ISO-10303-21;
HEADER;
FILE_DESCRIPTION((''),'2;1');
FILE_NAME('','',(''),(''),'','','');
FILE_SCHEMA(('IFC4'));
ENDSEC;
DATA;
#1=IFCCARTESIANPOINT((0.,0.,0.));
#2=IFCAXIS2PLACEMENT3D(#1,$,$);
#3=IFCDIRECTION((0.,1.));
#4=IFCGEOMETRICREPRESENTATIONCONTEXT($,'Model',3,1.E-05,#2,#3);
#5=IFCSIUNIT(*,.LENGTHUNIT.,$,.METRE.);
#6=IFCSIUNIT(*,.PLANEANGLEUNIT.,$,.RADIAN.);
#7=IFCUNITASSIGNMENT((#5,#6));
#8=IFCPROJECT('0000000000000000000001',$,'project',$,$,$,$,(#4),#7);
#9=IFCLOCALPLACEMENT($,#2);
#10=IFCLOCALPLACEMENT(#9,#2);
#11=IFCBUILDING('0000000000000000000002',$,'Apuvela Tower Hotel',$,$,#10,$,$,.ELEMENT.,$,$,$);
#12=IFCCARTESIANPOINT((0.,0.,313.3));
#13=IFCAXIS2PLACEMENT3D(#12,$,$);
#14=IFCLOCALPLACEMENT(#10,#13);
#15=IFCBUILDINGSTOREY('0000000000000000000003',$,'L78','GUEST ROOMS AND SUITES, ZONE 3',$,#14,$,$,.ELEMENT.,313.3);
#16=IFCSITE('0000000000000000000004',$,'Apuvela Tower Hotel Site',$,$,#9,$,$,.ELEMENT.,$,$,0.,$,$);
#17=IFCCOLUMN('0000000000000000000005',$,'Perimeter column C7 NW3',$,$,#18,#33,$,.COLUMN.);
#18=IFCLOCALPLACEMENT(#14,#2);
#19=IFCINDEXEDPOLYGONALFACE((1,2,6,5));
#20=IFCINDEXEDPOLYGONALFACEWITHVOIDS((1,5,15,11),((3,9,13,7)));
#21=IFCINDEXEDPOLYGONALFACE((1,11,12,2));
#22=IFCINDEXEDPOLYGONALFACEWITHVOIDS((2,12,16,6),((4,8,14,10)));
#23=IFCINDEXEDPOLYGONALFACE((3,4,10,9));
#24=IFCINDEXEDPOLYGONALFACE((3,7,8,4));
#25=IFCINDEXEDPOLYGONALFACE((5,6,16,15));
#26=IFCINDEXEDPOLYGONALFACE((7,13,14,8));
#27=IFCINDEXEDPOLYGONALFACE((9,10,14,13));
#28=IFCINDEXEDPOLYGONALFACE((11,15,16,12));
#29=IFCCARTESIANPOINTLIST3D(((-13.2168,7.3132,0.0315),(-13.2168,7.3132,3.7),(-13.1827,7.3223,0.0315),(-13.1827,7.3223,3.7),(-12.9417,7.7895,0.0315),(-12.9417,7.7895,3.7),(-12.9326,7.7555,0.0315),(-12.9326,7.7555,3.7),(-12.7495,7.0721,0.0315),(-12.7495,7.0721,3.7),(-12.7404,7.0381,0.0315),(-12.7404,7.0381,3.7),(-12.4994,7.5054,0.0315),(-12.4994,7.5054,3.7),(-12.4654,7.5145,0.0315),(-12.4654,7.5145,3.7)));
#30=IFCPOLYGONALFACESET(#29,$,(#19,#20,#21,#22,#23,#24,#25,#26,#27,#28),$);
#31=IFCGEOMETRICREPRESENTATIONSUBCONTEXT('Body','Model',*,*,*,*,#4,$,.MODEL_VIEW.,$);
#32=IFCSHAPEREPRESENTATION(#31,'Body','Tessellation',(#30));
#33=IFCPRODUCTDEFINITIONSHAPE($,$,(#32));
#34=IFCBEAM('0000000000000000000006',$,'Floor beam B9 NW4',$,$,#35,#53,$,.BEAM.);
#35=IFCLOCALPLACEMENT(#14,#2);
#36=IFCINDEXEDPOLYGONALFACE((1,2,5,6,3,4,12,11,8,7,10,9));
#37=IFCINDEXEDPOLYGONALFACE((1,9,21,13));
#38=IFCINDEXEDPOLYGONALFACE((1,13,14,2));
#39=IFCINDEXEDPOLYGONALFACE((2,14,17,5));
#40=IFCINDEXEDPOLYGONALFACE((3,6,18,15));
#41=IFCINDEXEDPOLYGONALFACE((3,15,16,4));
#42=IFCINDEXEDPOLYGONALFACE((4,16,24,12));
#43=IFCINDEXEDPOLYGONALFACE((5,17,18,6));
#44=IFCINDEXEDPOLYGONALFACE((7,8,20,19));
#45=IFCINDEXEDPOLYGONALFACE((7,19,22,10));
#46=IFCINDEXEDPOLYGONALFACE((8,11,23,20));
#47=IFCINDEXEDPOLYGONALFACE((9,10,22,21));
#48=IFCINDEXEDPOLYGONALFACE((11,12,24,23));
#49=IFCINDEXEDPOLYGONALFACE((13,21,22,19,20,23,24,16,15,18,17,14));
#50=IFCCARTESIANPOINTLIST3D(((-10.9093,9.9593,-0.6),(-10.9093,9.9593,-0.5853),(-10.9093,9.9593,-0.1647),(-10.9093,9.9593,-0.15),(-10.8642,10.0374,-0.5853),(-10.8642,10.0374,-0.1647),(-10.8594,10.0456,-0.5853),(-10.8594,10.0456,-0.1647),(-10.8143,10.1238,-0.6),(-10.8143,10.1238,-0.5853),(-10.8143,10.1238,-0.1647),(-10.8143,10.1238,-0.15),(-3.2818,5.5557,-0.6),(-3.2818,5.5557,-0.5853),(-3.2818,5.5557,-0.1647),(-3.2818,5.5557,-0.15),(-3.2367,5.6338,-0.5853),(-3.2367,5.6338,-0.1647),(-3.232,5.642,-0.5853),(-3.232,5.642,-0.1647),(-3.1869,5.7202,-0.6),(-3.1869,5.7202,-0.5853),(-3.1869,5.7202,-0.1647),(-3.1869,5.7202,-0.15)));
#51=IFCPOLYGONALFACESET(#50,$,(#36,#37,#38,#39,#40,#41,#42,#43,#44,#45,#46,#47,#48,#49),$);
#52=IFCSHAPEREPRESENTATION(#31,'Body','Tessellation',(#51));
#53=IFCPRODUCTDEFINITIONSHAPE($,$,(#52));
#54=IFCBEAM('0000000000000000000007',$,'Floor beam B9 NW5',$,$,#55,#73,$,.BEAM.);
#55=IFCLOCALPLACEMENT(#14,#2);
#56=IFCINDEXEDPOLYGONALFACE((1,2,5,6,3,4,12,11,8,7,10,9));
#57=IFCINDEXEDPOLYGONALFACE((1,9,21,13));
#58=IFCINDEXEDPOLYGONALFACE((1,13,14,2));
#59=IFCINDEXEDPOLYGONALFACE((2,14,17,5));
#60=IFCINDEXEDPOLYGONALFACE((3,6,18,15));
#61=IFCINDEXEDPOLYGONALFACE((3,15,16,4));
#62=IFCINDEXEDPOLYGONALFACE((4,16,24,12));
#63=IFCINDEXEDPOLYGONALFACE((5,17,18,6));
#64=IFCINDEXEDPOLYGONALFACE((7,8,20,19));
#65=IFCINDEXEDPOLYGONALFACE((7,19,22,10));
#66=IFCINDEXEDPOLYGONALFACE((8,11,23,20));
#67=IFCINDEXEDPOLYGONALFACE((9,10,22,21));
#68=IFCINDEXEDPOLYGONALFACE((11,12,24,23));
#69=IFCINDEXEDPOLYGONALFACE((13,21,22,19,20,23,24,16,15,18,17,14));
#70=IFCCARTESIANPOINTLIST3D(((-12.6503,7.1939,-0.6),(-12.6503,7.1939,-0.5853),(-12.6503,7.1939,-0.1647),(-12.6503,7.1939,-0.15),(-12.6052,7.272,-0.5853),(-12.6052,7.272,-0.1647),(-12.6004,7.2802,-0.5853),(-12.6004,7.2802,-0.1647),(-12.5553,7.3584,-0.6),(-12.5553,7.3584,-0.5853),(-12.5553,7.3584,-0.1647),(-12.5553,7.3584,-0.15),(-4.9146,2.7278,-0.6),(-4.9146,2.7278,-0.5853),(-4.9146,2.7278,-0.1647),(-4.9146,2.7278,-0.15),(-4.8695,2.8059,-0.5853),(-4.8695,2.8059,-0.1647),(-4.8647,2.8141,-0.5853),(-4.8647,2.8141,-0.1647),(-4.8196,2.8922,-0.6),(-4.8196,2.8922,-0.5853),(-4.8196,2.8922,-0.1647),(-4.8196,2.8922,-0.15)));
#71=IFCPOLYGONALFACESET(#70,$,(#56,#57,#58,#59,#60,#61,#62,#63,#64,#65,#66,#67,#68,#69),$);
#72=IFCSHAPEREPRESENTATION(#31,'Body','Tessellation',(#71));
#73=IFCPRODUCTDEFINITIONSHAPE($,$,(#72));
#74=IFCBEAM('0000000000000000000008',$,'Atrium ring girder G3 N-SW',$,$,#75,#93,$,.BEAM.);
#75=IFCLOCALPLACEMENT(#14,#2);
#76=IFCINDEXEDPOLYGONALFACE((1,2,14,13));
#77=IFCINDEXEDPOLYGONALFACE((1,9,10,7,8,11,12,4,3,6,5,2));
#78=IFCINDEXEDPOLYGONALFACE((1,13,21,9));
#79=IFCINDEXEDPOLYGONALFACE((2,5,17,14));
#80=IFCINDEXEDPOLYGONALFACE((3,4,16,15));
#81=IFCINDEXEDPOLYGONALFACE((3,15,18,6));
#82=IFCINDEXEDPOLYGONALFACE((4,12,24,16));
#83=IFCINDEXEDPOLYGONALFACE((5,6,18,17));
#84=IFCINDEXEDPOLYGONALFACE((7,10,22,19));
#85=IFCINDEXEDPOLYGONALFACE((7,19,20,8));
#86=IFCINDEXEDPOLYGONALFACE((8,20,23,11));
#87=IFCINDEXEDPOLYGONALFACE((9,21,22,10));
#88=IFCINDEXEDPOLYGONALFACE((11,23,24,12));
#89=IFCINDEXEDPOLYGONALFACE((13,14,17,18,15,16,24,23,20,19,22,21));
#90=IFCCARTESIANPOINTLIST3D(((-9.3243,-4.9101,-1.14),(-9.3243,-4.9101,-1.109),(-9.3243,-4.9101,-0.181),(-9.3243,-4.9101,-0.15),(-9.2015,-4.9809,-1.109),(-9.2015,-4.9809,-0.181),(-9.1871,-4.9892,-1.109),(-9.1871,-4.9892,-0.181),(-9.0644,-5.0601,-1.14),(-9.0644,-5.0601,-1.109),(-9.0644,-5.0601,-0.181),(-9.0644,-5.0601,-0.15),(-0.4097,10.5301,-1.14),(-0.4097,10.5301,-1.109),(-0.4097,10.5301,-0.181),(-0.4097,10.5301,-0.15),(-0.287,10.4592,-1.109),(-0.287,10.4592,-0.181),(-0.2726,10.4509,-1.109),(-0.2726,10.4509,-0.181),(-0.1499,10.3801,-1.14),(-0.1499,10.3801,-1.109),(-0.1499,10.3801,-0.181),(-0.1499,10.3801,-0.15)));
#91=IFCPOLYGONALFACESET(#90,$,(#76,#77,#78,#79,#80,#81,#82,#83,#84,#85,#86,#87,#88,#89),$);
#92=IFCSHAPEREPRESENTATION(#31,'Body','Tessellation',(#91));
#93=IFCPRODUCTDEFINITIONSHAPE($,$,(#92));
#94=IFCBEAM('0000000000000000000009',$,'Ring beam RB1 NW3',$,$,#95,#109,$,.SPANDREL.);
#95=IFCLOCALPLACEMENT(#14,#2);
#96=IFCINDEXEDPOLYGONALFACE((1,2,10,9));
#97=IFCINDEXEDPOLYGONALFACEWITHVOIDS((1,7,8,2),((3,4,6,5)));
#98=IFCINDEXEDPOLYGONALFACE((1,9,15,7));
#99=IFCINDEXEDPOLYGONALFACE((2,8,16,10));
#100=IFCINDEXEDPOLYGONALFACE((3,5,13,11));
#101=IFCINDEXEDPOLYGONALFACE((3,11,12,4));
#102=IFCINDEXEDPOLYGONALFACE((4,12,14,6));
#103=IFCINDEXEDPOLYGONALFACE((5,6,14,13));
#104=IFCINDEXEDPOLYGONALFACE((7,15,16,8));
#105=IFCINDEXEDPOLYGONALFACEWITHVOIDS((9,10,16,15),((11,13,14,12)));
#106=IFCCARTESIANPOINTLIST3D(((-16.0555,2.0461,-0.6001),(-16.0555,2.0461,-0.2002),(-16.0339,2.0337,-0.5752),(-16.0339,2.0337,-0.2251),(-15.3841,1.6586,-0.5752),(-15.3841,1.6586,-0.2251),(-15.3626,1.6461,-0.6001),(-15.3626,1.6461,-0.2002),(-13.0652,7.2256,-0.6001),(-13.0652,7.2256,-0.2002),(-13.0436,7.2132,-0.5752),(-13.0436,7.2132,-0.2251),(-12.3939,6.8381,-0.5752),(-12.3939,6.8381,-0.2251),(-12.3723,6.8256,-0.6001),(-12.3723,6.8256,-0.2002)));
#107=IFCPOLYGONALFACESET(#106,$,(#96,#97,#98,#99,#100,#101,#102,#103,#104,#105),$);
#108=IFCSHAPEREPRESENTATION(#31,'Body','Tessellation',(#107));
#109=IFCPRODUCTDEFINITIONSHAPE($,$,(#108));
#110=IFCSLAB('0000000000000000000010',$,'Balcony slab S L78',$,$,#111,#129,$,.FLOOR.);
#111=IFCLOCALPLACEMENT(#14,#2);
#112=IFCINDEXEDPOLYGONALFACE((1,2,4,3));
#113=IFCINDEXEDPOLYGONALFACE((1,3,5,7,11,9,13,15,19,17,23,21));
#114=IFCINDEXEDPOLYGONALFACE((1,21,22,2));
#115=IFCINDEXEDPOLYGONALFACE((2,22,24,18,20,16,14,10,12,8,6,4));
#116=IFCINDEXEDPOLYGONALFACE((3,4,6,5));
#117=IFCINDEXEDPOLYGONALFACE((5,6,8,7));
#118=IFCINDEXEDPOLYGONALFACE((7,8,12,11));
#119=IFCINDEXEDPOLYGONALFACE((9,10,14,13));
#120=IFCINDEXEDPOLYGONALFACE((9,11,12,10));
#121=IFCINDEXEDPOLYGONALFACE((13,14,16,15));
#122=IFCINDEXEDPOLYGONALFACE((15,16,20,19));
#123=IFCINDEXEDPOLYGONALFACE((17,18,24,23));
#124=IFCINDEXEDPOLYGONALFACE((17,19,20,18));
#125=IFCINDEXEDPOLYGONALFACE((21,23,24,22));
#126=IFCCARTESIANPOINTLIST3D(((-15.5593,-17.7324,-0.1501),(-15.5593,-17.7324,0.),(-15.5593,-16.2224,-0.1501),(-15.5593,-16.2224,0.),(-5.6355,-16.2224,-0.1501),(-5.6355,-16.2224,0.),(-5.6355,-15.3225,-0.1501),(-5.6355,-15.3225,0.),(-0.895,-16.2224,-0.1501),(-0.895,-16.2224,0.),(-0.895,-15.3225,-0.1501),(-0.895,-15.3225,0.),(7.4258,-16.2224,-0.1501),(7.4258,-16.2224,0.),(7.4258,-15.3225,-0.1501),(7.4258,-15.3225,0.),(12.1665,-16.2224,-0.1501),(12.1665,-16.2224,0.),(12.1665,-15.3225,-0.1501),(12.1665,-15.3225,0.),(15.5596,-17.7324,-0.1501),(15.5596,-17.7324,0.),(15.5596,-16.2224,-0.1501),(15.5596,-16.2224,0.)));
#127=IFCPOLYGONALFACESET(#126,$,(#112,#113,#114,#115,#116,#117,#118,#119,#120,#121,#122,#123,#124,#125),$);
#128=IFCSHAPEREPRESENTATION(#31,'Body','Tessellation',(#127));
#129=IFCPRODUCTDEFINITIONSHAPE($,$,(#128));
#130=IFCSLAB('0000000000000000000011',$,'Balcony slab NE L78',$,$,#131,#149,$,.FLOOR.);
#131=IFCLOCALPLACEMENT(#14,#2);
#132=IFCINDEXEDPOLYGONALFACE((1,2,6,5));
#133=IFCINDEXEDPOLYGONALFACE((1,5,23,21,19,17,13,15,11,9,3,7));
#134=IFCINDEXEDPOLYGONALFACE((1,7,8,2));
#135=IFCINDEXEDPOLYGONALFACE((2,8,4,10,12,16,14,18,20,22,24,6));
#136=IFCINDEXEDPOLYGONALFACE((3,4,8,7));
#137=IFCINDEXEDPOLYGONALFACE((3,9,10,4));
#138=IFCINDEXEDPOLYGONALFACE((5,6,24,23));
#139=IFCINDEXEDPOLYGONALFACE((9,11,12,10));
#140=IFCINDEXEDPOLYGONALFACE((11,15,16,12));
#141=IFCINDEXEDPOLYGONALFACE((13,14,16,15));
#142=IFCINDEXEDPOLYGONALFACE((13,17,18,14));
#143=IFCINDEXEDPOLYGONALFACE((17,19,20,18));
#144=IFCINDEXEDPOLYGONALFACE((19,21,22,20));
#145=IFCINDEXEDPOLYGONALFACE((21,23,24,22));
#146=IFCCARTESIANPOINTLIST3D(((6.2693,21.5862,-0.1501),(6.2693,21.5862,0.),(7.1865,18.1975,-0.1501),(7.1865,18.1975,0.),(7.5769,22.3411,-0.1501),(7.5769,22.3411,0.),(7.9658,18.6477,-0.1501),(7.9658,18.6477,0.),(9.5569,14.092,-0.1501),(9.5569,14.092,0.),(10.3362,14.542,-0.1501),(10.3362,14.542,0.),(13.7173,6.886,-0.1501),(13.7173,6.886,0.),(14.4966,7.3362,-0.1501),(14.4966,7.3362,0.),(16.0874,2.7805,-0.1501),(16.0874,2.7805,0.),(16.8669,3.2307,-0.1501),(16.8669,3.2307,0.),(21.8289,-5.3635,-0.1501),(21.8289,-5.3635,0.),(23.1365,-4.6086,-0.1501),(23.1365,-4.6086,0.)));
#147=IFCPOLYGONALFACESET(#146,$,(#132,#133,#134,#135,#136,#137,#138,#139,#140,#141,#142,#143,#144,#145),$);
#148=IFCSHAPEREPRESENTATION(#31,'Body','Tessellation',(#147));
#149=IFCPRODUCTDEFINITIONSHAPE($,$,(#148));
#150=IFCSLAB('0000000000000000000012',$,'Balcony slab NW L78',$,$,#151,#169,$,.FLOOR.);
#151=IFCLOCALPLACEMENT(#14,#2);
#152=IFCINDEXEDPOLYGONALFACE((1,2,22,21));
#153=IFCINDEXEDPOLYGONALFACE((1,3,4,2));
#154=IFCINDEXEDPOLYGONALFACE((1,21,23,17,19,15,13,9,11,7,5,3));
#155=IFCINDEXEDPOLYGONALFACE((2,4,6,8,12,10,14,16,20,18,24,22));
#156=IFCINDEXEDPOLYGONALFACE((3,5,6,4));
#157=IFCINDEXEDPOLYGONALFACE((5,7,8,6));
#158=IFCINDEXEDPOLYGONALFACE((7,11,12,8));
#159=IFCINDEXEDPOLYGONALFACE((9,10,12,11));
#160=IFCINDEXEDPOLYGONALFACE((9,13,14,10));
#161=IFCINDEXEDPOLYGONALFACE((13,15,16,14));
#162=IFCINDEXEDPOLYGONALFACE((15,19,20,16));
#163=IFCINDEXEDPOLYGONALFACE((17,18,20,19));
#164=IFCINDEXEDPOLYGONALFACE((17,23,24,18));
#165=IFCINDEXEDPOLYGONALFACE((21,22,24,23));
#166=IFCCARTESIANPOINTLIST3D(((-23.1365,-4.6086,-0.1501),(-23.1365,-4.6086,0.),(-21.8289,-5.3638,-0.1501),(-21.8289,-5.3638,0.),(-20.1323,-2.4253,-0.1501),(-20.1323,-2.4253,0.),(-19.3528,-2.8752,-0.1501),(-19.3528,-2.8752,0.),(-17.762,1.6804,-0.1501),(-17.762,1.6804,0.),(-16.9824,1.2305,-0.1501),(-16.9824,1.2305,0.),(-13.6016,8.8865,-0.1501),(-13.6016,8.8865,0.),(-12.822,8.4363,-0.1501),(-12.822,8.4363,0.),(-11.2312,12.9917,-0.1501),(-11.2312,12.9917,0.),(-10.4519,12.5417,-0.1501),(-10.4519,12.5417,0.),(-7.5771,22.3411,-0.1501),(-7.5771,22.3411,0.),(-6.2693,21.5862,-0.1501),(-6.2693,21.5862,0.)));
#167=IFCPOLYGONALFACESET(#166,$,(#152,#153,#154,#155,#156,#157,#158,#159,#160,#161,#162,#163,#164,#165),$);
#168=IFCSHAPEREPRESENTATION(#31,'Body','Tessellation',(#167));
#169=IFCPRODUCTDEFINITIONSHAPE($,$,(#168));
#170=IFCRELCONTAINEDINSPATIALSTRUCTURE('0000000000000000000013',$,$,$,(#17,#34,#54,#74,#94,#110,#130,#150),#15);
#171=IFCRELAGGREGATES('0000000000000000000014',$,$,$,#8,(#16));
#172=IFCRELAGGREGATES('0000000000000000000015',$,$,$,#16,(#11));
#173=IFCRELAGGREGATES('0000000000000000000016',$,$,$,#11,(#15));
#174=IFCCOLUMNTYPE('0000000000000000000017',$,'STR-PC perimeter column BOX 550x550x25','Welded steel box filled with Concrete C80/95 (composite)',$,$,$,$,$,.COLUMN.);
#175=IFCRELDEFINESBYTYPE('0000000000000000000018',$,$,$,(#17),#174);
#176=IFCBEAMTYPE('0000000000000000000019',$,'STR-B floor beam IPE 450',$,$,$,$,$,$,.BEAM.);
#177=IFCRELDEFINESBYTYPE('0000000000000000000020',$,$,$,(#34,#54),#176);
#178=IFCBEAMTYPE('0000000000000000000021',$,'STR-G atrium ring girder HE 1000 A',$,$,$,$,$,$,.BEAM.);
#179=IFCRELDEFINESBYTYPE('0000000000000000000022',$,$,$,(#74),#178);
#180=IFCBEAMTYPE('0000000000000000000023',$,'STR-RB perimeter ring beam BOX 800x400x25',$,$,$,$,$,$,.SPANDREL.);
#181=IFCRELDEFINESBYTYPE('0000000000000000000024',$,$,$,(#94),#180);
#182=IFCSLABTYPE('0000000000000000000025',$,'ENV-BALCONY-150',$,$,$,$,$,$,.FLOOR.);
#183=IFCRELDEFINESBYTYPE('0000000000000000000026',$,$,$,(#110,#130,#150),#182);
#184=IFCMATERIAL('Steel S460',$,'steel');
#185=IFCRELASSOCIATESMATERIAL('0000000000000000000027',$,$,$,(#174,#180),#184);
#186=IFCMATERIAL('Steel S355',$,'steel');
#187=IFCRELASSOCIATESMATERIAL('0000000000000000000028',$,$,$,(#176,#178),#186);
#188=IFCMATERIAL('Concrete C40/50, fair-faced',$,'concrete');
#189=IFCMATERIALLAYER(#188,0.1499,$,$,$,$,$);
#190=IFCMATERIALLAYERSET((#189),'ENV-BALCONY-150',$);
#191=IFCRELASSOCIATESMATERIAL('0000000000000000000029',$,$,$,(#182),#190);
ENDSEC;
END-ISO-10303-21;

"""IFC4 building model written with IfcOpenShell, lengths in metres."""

from ifc_helpers import new_model, si_unit, direction, frame, origin, origin_2d, place, context, subcontext, project, spatial, polyline, rectangle, hollow_rectangle, i_section, outline, extrude, boolean, halfspace, material, layer, layer_set, material_profile, profile_set, type_object, element, save


model = new_model("IFC4")

# Units and contexts
model_context = context("Model", 3, precision=1e-05, world=origin(), true_north=direction((0.0, 1.0)))
body_context = subcontext(model_context, "Body", "Model", "MODEL_VIEW")
ifc_project = project(units=[si_unit("LENGTHUNIT", "METRE"), si_unit("PLANEANGLEUNIT", "RADIAN")], contexts=[model_context])

# Site, building, storey
site_placement = place(None, origin())
site = spatial("IfcSite", under=ifc_project, at=site_placement, Name="Apuvela Tower Hotel Site", CompositionType="ELEMENT", RefElevation=0.0)
building_placement = place(site_placement, origin())
building = spatial("IfcBuilding", under=site, at=building_placement, Name="Apuvela Tower Hotel", CompositionType="ELEMENT")
storey_placement = place(building_placement, frame((0.0, 0.0, 313.3)))
storey = spatial("IfcBuildingStorey", under=building, at=storey_placement, Name="L78", Description="GUEST ROOMS AND SUITES, ZONE 3", CompositionType="ELEMENT", Elevation=313.3)

# Column
ifc_material_1 = material(Name="Steel S460", Category="steel")
ifc_material_profile_1 = material_profile(ifc_material_1, hollow_rectangle(XDim=0.55, YDim=0.55, WallThickness=0.0249, at=origin_2d()), Name="BOX 550x550x25")
ifc_material_2 = material(Name="Concrete C80/95", Category="concrete")
ifc_material_profile_2 = material_profile(ifc_material_2, rectangle(XDim=0.5, YDim=0.5, at=origin_2d()), Name="Concrete C80/95 infill")
ifc_profile_set_1 = profile_set([ifc_material_profile_1, ifc_material_profile_2], Name="Steel S460")
column_type = type_object("IfcColumnType", Name="STR-PC perimeter column BOX 550x550x25", Description="Welded steel box filled with Concrete C80/95 (composite)", PredefinedType="COLUMN", material=ifc_profile_set_1)
column_placement = place(storey_placement, frame((-12.8411, 7.4138, 0.0), z_axis=(0.0, 0.0, 1.0), x_axis=(0.5, 0.866025, 0.0)))
element("IfcColumn", 1, at=column_placement, inside=storey, type_object=column_type, Name="Perimeter column C7 NW3", PredefinedType="COLUMN", context=body_context, shape_type="SweptSolid", body=[
    boolean("DIFFERENCE", extrude(hollow_rectangle(XDim=0.55, YDim=0.55, WallThickness=0.0249, at=origin_2d()), origin(), (0.0, 0.0, 1.0), 3.7), halfspace(frame((0.0, 0.0, 0.0315), z_axis=(0.0, 0.0, 1.0), x_axis=(1.0, 0.0, 0.0)), True)),
])

# Beams
ifc_material_3 = material(Name="Steel S355", Category="steel")
ifc_material_profile_3 = material_profile(ifc_material_3, i_section(OverallWidth=0.1899, OverallDepth=0.45, WebThickness=0.0095, FlangeThickness=0.0146, at=origin_2d()), Name="IPE 450")
ifc_profile_set_2 = profile_set([ifc_material_profile_3], Name="Steel S355")
beam_type_1 = type_object("IfcBeamType", Name="STR-B floor beam IPE 450", PredefinedType="BEAM", material=ifc_profile_set_2)
beam_1_placement = place(storey_placement, frame((-10.8618, 10.0415, -0.375), z_axis=(0.866032, -0.499988, 0.0), x_axis=(0.499988, 0.866032, 0.0)))
element("IfcBeam", 2, at=beam_1_placement, inside=storey, type_object=beam_type_1, Name="Floor beam B9 NW4", PredefinedType="BEAM", context=body_context, shape_type="SweptSolid", body=[
    extrude(i_section(OverallWidth=0.1899, OverallDepth=0.45, WebThickness=0.0095, FlangeThickness=0.0146, at=origin_2d()), origin(), (0.0, 0.0, 1.0), 8.8074),
])
beam_2_placement = place(storey_placement, frame((-12.6028, 7.2761, -0.375), z_axis=(0.866029, -0.499993, 0.0), x_axis=(0.499993, 0.866029, 0.0)))
element("IfcBeam", 3, at=beam_2_placement, inside=storey, type_object=beam_type_1, Name="Floor beam B9 NW5", PredefinedType="BEAM", context=body_context, shape_type="SweptSolid", body=[
    extrude(i_section(OverallWidth=0.1899, OverallDepth=0.45, WebThickness=0.0095, FlangeThickness=0.0146, at=origin_2d()), origin(), (0.0, 0.0, 1.0), 8.9324),
])
ifc_material_profile_4 = material_profile(ifc_material_3, i_section(OverallWidth=0.3, OverallDepth=0.99, WebThickness=0.0166, FlangeThickness=0.031, at=origin_2d()), Name="HE 1000 A")
ifc_profile_set_3 = profile_set([ifc_material_profile_4], Name="Steel S355")
beam_type_2 = type_object("IfcBeamType", Name="STR-G atrium ring girder HE 1000 A", PredefinedType="BEAM", material=ifc_profile_set_3)
beam_3_placement = place(storey_placement, frame((-0.2798, 10.4551, -0.645), z_axis=(-0.500007, -0.866022, 0.0), x_axis=(0.866022, -0.500007, 0.0)))
element("IfcBeam", 4, at=beam_3_placement, inside=storey, type_object=beam_type_2, Name="Atrium ring girder G3 N-SW", PredefinedType="BEAM", context=body_context, shape_type="SweptSolid", body=[
    extrude(i_section(OverallWidth=0.3, OverallDepth=0.99, WebThickness=0.0166, FlangeThickness=0.031, at=origin_2d()), origin(), (0.0, 0.0, 1.0), 17.8289),
])
ifc_material_profile_5 = material_profile(ifc_material_1, hollow_rectangle(XDim=0.8, YDim=0.3999, WallThickness=0.0249, at=origin_2d()), Name="BOX 800x400x25")
ifc_profile_set_4 = profile_set([ifc_material_profile_5], Name="Steel S460")
beam_type_3 = type_object("IfcBeamType", Name="STR-RB perimeter ring beam BOX 800x400x25", PredefinedType="SPANDREL", material=ifc_profile_set_4)
beam_4_placement = place(storey_placement, frame((-12.7188, 7.0256, -0.4001), z_axis=(-0.499985, -0.866034, 0.0), x_axis=(0.866034, -0.499985, 0.0)))
element("IfcBeam", 5, at=beam_4_placement, inside=storey, type_object=beam_type_3, Name="Ring beam RB1 NW3", PredefinedType="SPANDREL", context=body_context, shape_type="SweptSolid", body=[
    extrude(hollow_rectangle(XDim=0.8, YDim=0.3999, WallThickness=0.0249, at=origin_2d()), origin(), (0.0, 0.0, 1.0), 5.9807),
])

# Slabs
ifc_material_4 = material(Name="Concrete C40/50, fair-faced", Category="concrete")
ifc_layer_1 = layer(ifc_material_4, 0.1499)
ifc_layer_set_1 = layer_set([ifc_layer_1], Name="ENV-BALCONY-150")
slab_type_1 = type_object("IfcSlabType", Name="ENV-BALCONY-150", PredefinedType="FLOOR", material=ifc_layer_set_1)
slab_1_placement = place(storey_placement, frame((0.0, 0.0, -0.1501)))
element("IfcSlab", 6, at=slab_1_placement, inside=storey, type_object=slab_type_1, Name="Balcony slab S L78", PredefinedType="FLOOR", context=body_context, shape_type="SweptSolid", body=[
    extrude(outline(polyline([(15.5596, -17.7324), (-15.5593, -17.7324), (-15.5593, -16.2224), (-5.6355, -16.2224), (-5.6355, -15.3225), (-0.895, -15.3225), (-0.895, -16.2224), (7.4258, -16.2224), (7.4258, -15.3225), (12.1665, -15.3225), (12.1665, -16.2224), (15.5596, -16.2224), (15.5596, -17.7324)])), origin(), (0.0, 0.0, 1.0), 0.1501),
])
slab_2_placement = place(storey_placement, frame((0.0, 0.0, -0.1501)))
element("IfcSlab", 7, at=slab_2_placement, inside=storey, type_object=slab_type_1, Name="Balcony slab NE L78", PredefinedType="FLOOR", context=body_context, shape_type="SweptSolid", body=[
    extrude(outline(polyline([(14.4966, 7.3362), (10.3362, 14.542), (9.5569, 14.092), (7.1865, 18.1975), (7.9658, 18.6477), (6.2693, 21.5862), (7.5769, 22.3411), (23.1365, -4.6086), (21.8289, -5.3635), (16.8669, 3.2307), (16.0874, 2.7805), (13.7173, 6.886), (14.4966, 7.3362)])), origin(), (0.0, 0.0, 1.0), 0.1501),
])
slab_3_placement = place(storey_placement, frame((0.0, 0.0, -0.1501)))
element("IfcSlab", 8, at=slab_3_placement, inside=storey, type_object=slab_type_1, Name="Balcony slab NW L78", PredefinedType="FLOOR", context=body_context, shape_type="SweptSolid", body=[
    extrude(outline(polyline([(-23.1365, -4.6086), (-7.5771, 22.3411), (-6.2693, 21.5862), (-11.2312, 12.9917), (-10.4519, 12.5417), (-12.822, 8.4363), (-13.6016, 8.8865), (-17.762, 1.6804), (-16.9824, 1.2305), (-19.3528, -2.8752), (-20.1323, -2.4253), (-21.8289, -5.3638), (-23.1365, -4.6086)])), origin(), (0.0, 0.0, 1.0), 0.1501),
])

save(model, "model.ifc")
